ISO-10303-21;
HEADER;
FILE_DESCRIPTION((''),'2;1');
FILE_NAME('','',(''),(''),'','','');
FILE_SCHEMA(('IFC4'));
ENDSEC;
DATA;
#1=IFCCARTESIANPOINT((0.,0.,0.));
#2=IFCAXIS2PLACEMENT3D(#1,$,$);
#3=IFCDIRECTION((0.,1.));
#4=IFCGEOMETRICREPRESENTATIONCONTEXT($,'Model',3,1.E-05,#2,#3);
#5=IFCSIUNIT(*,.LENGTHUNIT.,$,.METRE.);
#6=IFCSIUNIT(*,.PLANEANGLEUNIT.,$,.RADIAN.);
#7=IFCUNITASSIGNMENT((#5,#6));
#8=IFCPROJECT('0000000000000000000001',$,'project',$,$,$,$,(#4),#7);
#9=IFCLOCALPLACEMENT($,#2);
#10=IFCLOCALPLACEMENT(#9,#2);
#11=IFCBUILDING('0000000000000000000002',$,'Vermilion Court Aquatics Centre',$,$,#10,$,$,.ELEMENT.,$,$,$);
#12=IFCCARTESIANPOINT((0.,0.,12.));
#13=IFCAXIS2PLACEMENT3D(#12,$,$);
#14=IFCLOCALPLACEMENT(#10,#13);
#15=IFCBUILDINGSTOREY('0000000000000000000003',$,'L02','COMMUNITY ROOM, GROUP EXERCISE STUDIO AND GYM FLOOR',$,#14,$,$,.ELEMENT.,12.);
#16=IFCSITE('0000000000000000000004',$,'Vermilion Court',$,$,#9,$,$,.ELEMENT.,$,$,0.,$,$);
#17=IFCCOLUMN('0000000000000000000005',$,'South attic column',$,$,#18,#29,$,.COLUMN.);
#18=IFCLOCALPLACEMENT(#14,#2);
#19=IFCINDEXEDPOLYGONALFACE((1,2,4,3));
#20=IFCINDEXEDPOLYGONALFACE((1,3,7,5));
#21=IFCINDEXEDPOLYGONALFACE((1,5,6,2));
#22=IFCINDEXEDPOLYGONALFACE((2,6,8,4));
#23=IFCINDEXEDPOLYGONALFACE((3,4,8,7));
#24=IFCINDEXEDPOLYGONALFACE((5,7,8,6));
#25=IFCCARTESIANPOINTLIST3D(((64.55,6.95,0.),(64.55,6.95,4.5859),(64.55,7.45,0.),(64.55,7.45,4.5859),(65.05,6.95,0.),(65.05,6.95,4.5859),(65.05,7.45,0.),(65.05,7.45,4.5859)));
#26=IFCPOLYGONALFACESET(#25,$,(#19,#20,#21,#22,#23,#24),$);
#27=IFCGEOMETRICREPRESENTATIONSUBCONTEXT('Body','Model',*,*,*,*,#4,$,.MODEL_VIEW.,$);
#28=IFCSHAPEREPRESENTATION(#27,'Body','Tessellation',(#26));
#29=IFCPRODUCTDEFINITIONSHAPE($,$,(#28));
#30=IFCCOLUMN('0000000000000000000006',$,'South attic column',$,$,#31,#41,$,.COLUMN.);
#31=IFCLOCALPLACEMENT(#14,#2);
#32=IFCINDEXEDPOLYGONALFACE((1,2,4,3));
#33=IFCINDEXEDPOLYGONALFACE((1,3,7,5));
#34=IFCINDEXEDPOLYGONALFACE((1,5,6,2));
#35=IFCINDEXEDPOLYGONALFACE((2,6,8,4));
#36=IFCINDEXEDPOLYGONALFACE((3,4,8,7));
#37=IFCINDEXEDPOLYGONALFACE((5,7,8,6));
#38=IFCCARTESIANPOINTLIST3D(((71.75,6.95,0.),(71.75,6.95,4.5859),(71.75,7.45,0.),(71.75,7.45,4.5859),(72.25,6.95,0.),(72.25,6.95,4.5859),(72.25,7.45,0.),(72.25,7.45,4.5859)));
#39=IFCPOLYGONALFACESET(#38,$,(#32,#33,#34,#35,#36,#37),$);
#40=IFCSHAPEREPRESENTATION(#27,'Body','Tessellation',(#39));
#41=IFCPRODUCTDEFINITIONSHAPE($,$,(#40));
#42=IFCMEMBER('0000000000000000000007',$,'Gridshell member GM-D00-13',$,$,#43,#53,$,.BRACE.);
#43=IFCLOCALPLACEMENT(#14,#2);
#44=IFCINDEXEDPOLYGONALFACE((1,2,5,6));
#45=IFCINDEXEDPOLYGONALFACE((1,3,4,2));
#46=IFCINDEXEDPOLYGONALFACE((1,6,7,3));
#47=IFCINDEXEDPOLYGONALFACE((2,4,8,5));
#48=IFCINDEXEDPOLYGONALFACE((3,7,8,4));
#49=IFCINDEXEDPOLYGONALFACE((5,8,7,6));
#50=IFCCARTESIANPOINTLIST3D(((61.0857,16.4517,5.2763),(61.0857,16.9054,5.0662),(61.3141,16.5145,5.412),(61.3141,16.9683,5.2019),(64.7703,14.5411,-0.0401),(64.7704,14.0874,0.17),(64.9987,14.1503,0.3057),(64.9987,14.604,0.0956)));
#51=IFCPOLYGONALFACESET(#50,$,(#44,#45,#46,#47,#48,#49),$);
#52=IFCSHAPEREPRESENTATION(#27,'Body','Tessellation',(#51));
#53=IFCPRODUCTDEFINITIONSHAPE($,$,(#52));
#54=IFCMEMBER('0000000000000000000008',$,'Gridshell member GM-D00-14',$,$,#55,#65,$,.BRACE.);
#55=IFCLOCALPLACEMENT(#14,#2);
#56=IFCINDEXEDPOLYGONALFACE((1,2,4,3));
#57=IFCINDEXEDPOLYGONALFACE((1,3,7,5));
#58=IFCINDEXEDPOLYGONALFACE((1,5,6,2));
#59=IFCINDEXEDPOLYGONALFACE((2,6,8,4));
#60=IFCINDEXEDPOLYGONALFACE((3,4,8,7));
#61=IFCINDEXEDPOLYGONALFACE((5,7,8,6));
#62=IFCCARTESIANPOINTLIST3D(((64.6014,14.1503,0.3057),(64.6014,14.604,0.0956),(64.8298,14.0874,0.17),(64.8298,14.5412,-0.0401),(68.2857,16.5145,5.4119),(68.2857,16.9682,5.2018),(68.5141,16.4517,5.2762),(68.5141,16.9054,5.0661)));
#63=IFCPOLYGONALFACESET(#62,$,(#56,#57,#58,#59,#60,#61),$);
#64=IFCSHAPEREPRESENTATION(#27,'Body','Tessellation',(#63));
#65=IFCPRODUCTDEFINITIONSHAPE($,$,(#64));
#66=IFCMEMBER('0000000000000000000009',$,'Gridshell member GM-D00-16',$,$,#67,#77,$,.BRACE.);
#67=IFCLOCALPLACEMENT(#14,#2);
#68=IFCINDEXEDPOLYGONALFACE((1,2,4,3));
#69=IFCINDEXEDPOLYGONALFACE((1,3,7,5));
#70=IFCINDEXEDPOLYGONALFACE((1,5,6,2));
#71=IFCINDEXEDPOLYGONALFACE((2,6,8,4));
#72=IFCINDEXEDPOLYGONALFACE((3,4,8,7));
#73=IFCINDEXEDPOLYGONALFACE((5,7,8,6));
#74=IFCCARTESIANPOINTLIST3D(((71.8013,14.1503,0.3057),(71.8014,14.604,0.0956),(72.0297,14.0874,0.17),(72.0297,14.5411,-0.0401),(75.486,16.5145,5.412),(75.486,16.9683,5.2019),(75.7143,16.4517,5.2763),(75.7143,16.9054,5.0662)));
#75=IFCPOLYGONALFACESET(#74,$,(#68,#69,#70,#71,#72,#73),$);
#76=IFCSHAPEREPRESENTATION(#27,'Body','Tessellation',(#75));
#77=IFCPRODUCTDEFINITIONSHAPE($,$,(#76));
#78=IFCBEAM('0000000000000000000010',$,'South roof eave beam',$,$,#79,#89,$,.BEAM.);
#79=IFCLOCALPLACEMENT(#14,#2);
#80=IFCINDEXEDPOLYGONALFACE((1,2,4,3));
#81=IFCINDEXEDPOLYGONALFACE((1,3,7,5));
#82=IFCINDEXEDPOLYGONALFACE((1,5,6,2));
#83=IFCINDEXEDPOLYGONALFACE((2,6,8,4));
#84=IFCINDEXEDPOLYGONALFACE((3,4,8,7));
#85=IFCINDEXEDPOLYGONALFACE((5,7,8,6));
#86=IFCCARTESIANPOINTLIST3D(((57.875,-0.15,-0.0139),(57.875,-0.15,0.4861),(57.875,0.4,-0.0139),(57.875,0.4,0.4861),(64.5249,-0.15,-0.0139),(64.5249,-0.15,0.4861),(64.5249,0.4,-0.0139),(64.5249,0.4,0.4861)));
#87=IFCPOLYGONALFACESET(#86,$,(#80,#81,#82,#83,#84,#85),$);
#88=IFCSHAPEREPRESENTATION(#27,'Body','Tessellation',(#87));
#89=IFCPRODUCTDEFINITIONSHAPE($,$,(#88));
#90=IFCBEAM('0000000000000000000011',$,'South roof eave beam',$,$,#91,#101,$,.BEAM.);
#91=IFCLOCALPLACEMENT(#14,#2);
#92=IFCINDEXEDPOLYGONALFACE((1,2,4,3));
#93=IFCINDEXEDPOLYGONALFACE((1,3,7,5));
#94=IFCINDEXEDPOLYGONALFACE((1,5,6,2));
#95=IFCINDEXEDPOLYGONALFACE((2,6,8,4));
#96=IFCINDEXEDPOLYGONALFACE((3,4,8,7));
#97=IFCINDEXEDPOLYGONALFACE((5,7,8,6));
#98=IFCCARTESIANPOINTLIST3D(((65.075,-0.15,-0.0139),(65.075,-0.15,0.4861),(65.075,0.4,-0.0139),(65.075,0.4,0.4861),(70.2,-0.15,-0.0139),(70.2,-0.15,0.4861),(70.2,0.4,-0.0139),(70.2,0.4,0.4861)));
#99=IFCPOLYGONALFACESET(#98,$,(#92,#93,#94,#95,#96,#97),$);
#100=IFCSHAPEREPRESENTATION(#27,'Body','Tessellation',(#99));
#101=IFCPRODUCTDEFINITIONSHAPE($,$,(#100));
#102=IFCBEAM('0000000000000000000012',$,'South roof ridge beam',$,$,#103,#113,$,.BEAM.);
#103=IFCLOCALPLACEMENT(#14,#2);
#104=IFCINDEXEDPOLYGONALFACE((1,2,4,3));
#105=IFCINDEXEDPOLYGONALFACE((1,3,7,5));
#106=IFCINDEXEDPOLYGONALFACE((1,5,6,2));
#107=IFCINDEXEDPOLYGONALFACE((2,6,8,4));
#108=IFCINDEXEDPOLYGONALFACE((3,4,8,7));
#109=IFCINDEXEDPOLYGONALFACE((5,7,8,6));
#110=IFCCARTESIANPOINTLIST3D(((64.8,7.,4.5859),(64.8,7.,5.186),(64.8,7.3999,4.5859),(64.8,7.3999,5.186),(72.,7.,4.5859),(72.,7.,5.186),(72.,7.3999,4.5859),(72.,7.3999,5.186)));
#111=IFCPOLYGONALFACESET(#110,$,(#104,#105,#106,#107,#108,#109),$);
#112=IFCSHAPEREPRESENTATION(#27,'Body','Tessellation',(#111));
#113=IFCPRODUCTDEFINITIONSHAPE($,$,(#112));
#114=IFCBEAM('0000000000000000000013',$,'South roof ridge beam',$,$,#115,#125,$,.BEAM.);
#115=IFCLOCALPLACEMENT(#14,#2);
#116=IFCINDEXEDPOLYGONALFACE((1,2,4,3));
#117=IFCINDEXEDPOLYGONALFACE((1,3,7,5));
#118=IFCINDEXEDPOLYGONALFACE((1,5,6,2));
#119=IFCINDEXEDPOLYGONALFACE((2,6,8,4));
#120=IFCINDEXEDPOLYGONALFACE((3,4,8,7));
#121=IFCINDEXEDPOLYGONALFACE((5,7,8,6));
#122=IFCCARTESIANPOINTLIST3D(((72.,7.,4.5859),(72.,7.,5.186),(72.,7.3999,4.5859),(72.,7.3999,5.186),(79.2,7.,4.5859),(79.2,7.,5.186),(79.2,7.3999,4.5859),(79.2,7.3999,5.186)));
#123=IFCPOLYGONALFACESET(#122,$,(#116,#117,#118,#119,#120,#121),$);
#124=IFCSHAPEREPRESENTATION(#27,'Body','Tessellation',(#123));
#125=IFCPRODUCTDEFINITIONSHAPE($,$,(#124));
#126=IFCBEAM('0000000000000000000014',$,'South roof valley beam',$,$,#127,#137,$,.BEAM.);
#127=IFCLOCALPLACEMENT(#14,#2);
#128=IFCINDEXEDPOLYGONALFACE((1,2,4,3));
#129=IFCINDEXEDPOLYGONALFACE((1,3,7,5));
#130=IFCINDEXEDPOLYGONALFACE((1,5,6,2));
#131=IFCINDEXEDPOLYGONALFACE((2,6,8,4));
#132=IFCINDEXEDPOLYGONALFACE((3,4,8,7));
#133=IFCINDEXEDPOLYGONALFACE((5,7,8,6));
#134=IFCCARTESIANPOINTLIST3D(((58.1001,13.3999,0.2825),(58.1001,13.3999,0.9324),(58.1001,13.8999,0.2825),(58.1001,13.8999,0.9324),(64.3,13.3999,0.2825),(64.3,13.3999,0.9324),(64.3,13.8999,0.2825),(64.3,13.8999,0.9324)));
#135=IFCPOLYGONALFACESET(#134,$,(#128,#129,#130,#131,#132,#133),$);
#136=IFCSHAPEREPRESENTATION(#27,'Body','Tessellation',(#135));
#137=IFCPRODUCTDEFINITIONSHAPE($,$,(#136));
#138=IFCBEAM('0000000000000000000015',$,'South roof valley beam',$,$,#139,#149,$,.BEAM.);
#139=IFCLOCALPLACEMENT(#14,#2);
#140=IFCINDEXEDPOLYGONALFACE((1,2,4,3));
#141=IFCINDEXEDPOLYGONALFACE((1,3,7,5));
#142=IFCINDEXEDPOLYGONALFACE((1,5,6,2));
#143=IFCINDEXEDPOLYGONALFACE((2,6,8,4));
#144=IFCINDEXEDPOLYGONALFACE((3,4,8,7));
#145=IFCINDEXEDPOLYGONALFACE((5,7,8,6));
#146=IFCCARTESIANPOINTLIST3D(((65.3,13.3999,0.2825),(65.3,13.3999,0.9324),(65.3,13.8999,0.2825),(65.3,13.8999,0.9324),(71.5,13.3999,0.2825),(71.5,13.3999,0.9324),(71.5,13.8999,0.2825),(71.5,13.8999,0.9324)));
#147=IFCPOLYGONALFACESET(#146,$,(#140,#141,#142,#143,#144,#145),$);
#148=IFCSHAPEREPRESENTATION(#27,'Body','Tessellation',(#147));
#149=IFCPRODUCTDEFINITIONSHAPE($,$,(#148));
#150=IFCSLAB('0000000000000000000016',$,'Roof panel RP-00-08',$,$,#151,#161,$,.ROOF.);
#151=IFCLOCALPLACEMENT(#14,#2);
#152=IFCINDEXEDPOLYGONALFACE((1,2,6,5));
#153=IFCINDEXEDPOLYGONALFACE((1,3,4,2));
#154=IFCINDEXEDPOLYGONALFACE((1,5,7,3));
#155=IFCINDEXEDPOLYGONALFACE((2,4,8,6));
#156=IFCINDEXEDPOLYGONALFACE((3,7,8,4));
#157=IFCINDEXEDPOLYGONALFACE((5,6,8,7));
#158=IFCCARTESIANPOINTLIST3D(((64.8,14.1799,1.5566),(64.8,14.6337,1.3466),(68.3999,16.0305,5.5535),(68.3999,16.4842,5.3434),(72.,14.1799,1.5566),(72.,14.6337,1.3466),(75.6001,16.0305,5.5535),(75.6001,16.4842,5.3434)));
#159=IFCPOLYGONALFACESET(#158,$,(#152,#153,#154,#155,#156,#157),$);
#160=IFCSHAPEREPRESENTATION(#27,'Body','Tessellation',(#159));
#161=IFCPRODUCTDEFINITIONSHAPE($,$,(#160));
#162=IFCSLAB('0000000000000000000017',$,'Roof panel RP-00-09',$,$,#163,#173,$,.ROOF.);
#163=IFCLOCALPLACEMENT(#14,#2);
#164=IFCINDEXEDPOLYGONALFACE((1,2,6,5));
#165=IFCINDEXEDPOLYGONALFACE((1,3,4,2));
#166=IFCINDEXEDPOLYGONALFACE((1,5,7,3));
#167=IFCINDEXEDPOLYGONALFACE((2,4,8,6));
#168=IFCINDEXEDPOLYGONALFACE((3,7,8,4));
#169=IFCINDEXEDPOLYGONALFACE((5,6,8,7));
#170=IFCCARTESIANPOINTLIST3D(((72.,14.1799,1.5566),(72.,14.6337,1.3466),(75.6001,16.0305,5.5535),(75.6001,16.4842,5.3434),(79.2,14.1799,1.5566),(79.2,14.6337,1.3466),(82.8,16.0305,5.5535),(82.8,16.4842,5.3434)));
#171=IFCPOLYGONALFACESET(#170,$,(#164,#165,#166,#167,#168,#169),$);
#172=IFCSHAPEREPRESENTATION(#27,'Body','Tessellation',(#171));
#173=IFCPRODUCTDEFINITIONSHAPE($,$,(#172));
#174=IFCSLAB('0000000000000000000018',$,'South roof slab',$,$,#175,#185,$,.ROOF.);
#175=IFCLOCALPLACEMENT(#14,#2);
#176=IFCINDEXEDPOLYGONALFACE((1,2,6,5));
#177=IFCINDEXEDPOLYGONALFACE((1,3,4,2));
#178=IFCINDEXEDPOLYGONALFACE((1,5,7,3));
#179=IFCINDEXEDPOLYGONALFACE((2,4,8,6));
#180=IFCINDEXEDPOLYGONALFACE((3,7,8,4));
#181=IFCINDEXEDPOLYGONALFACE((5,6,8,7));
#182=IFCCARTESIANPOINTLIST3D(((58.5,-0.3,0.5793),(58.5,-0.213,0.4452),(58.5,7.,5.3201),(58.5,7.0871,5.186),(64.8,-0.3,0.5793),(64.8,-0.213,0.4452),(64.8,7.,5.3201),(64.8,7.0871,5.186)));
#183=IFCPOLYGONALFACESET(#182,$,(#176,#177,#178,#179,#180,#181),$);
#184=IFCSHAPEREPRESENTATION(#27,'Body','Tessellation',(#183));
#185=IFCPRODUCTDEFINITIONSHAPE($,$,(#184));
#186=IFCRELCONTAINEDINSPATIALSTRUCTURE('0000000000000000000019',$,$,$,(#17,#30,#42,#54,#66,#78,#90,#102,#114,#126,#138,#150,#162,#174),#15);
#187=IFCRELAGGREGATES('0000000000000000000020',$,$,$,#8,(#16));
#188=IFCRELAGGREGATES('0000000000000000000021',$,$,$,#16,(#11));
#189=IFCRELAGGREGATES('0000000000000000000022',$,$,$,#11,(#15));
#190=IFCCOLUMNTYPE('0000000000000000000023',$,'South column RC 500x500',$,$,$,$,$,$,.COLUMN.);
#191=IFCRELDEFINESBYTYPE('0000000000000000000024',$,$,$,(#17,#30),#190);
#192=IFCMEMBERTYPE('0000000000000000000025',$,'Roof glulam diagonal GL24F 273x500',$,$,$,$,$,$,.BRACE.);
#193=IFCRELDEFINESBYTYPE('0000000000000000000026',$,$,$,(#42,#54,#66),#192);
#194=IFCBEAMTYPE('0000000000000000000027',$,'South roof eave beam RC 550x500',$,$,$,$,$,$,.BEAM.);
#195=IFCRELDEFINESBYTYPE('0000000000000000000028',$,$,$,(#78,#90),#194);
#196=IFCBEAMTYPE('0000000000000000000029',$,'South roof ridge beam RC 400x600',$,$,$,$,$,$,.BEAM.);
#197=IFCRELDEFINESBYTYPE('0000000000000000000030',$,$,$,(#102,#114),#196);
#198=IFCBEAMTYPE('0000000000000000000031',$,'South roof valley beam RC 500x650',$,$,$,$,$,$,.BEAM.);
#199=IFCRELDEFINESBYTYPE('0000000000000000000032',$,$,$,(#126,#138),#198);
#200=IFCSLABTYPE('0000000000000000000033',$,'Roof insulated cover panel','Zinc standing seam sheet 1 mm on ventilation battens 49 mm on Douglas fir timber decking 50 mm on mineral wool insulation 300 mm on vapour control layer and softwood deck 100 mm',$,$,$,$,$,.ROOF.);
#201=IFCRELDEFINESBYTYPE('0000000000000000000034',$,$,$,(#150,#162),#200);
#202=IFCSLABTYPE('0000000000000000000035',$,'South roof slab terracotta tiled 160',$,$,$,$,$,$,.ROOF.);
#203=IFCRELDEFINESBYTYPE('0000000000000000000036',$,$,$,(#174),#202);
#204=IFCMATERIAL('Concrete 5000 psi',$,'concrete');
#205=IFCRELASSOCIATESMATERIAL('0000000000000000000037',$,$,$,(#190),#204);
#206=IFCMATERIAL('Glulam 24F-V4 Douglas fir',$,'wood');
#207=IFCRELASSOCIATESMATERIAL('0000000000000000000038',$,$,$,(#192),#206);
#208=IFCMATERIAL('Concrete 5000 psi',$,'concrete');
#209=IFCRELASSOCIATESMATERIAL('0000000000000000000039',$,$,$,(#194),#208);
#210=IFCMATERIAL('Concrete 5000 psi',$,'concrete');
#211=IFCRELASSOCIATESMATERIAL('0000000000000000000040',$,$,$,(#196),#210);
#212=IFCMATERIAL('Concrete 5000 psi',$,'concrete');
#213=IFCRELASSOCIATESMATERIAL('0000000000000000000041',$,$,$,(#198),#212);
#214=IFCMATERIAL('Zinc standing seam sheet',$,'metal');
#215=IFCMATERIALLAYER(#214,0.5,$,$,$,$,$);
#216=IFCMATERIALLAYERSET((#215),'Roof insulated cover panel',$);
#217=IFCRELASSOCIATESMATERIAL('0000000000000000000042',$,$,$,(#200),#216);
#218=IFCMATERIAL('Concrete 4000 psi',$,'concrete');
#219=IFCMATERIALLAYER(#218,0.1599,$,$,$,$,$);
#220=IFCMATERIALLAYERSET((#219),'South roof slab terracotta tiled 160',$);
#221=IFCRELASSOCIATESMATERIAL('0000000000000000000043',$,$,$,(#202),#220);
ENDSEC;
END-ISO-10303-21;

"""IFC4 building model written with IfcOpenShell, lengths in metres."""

from ifc_helpers import new_model, si_unit, direction, frame, origin, origin_2d, place, context, subcontext, project, spatial, polyline, rectangle, outline, extrude, material, layer, layer_set, material_profile, profile_set, type_object, element, save


model = new_model("IFC4")

# Units and contexts
model_context = context("Model", 3, precision=1e-05, world=origin(), true_north=direction((0.0, 1.0)))
body_context = subcontext(model_context, "Body", "Model", "MODEL_VIEW")
ifc_project = project(units=[si_unit("LENGTHUNIT", "METRE"), si_unit("PLANEANGLEUNIT", "RADIAN")], contexts=[model_context])

# Site, building, storey
site_placement = place(None, origin())
site = spatial("IfcSite", under=ifc_project, at=site_placement, Name="Vermilion Court", CompositionType="ELEMENT", RefElevation=0.0)
building_placement = place(site_placement, origin())
building = spatial("IfcBuilding", under=site, at=building_placement, Name="Vermilion Court Aquatics Centre", CompositionType="ELEMENT")
storey_placement = place(building_placement, frame((0.0, 0.0, 12.0)))
storey = spatial("IfcBuildingStorey", under=building, at=storey_placement, Name="L02", Description="COMMUNITY ROOM, GROUP EXERCISE STUDIO AND GYM FLOOR", CompositionType="ELEMENT", Elevation=12.0)

# Columns
ifc_material_1 = material(Name="Concrete 5000 psi", Category="concrete")
ifc_material_profile_1 = material_profile(ifc_material_1, rectangle(XDim=0.5, YDim=0.5, at=origin_2d()), Name="RC 500x500")
ifc_profile_set_1 = profile_set([ifc_material_profile_1], Name="Concrete 5000 psi")
column_type = type_object("IfcColumnType", Name="South column RC 500x500", PredefinedType="COLUMN", material=ifc_profile_set_1)
for number, where, z_axis, x_axis, name in (
    (1, (64.8, 7.2, 0.0), (0.0, 0.0, 1.0), (1.0, 0.0, 0.0), "South attic column"),
    (2, (72.0, 7.2, 0.0), (0.0, 0.0, 1.0), (1.0, 0.0, 0.0), "South attic column"),
):
    element("IfcColumn", number, at=place(storey_placement, frame(where, z_axis=z_axis, x_axis=x_axis)), inside=storey, type_object=column_type, Name=name, PredefinedType="COLUMN", context=body_context, shape_type="SweptSolid", body=[
        extrude(rectangle(XDim=0.5, YDim=0.5, at=origin_2d()), origin(), (0.0, 0.0, 1.0), 4.5859),
    ])

# Members
ifc_material_2 = material(Name="Glulam 24F-V4 Douglas fir", Category="wood")
ifc_material_profile_2 = material_profile(ifc_material_2, rectangle(XDim=0.2729, YDim=0.5, at=origin_2d()), Name="GL24F 273x500")
ifc_profile_set_2 = profile_set([ifc_material_profile_2], Name="Glulam 24F-V4 Douglas fir")
member_type = type_object("IfcMemberType", Name="Roof glulam diagonal GL24F 273x500", PredefinedType="BRACE", material=ifc_profile_set_2)
member_1_placement = place(storey_placement, frame((64.8845, 14.3457, 0.1328), z_axis=(-0.54781, 0.35151, 0.759174), x_axis=(-0.836603, -0.230193, -0.497099)))
element("IfcMember", 3, at=member_1_placement, inside=storey, type_object=member_type, Name="Gridshell member GM-D00-13", PredefinedType="BRACE", context=body_context, shape_type="SweptSolid", body=[
    extrude(rectangle(XDim=0.2729, YDim=0.5, at=origin_2d()), origin(), (0.0, 0.0, 1.0), 6.7261),
])
member_2_placement = place(storey_placement, frame((64.7156, 14.3457, 0.1328), z_axis=(0.547785, 0.351517, 0.759189), x_axis=(-0.836619, 0.230161, 0.497085)))
element("IfcMember", 4, at=member_2_placement, inside=storey, type_object=member_type, Name="Gridshell member GM-D00-14", PredefinedType="BRACE", context=body_context, shape_type="SweptSolid", body=[
    extrude(rectangle(XDim=0.2729, YDim=0.5, at=origin_2d()), origin(), (0.0, 0.0, 1.0), 6.7258),
])
member_3_placement = place(storey_placement, frame((71.9155, 14.3457, 0.1328), z_axis=(0.54781, 0.35151, 0.759174), x_axis=(-0.836603, 0.230193, 0.497099)))
element("IfcMember", 5, at=member_3_placement, inside=storey, type_object=member_type, Name="Gridshell member GM-D00-16", PredefinedType="BRACE", context=body_context, shape_type="SweptSolid", body=[
    extrude(rectangle(XDim=0.2729, YDim=0.5, at=origin_2d()), origin(), (0.0, 0.0, 1.0), 6.7261),
])

# Beams
ifc_material_3 = material(Name="Concrete 5000 psi", Category="concrete")
ifc_material_profile_3 = material_profile(ifc_material_3, rectangle(XDim=0.55, YDim=0.5, at=origin_2d()), Name="RC 550x500")
ifc_profile_set_3 = profile_set([ifc_material_profile_3], Name="Concrete 5000 psi")
beam_type_1 = type_object("IfcBeamType", Name="South roof eave beam RC 550x500", PredefinedType="BEAM", material=ifc_profile_set_3)
beam_1_placement = place(storey_placement, frame((57.875, 0.125, 0.2361), z_axis=(1.0, 0.0, 0.0), x_axis=(0.0, 1.0, 0.0)))
element("IfcBeam", 6, at=beam_1_placement, inside=storey, type_object=beam_type_1, Name="South roof eave beam", PredefinedType="BEAM", context=body_context, shape_type="SweptSolid", body=[
    extrude(rectangle(XDim=0.55, YDim=0.5, at=origin_2d()), origin(), (0.0, 0.0, 1.0), 6.6499),
])
beam_2_placement = place(storey_placement, frame((65.075, 0.125, 0.2361), z_axis=(1.0, 0.0, 0.0), x_axis=(0.0, 1.0, 0.0)))
element("IfcBeam", 7, at=beam_2_placement, inside=storey, type_object=beam_type_1, Name="South roof eave beam", PredefinedType="BEAM", context=body_context, shape_type="SweptSolid", body=[
    extrude(rectangle(XDim=0.55, YDim=0.5, at=origin_2d()), origin(), (0.0, 0.0, 1.0), 5.125),
])
ifc_material_4 = material(Name="Concrete 5000 psi", Category="concrete")
ifc_material_profile_4 = material_profile(ifc_material_4, rectangle(XDim=0.3999, YDim=0.6001, at=origin_2d()), Name="RC 400x600")
ifc_profile_set_4 = profile_set([ifc_material_profile_4], Name="Concrete 5000 psi")
beam_type_2 = type_object("IfcBeamType", Name="South roof ridge beam RC 400x600", PredefinedType="BEAM", material=ifc_profile_set_4)
for number, where, z_axis, x_axis, name in (
    (8, (64.8, 7.2, 4.886), (1.0, 0.0, 0.0), (0.0, 1.0, 0.0), "South roof ridge beam"),
    (9, (72.0, 7.2, 4.886), (1.0, 0.0, 0.0), (0.0, 1.0, 0.0), "South roof ridge beam"),
):
    element("IfcBeam", number, at=place(storey_placement, frame(where, z_axis=z_axis, x_axis=x_axis)), inside=storey, type_object=beam_type_2, Name=name, PredefinedType="BEAM", context=body_context, shape_type="SweptSolid", body=[
        extrude(rectangle(XDim=0.3999, YDim=0.6001, at=origin_2d()), origin(), (0.0, 0.0, 1.0), 7.2),
    ])
ifc_material_5 = material(Name="Concrete 5000 psi", Category="concrete")
ifc_material_profile_5 = material_profile(ifc_material_5, rectangle(XDim=0.5, YDim=0.6499, at=origin_2d()), Name="RC 500x650")
ifc_profile_set_5 = profile_set([ifc_material_profile_5], Name="Concrete 5000 psi")
beam_type_3 = type_object("IfcBeamType", Name="South roof valley beam RC 500x650", PredefinedType="BEAM", material=ifc_profile_set_5)
for number, where, z_axis, x_axis, name in (
    (10, (58.1001, 13.6499, 0.6074), (1.0, 0.0, 0.0), (0.0, 1.0, 0.0), "South roof valley beam"),
    (11, (65.3, 13.6499, 0.6074), (1.0, 0.0, 0.0), (0.0, 1.0, 0.0), "South roof valley beam"),
):
    element("IfcBeam", number, at=place(storey_placement, frame(where, z_axis=z_axis, x_axis=x_axis)), inside=storey, type_object=beam_type_3, Name=name, PredefinedType="BEAM", context=body_context, shape_type="SweptSolid", body=[
        extrude(rectangle(XDim=0.5, YDim=0.6499, at=origin_2d()), origin(), (0.0, 0.0, 1.0), 6.2),
    ])

# Slabs
ifc_material_6 = material(Name="Zinc standing seam sheet", Category="metal")
ifc_layer_1 = layer(ifc_material_6, 0.5)
ifc_layer_set_1 = layer_set([ifc_layer_1], Name="Roof insulated cover panel")
slab_type_1 = type_object("IfcSlabType", Name="Roof insulated cover panel", Description="Zinc standing seam sheet 1 mm on ventilation battens 49 mm on Douglas fir timber decking 50 mm on mineral wool insulation 300 mm on vapour control layer and softwood deck 100 mm", PredefinedType="ROOF", material=ifc_layer_set_1)
slab_1_placement = place(storey_placement, frame((64.8, 14.1799, 1.5566), z_axis=(0.0, -0.907449, 0.420162), x_axis=(1.0, 0.0, 0.0)))
element("IfcSlab", 12, at=slab_1_placement, inside=storey, type_object=slab_type_1, Name="Roof panel RP-00-08", PredefinedType="ROOF", context=body_context, shape_type="SweptSolid", body=[
    extrude(outline(polyline([(0.0, 0.0), (7.2, 0.0), (10.8, 4.4045), (3.5999, 4.4045), (0.0, 0.0)])), origin(), (0.0, 0.0, -1.0), 0.5),
])
slab_2_placement = place(storey_placement, frame((72.0, 14.1799, 1.5566), z_axis=(0.0, -0.907449, 0.420162), x_axis=(1.0, 0.0, 0.0)))
element("IfcSlab", 13, at=slab_2_placement, inside=storey, type_object=slab_type_1, Name="Roof panel RP-00-09", PredefinedType="ROOF", context=body_context, shape_type="SweptSolid", body=[
    extrude(outline(polyline([(0.0, 0.0), (7.2, 0.0), (10.8, 4.4045), (3.6001, 4.4045), (0.0, 0.0)])), origin(), (0.0, 0.0, -1.0), 0.5),
])
ifc_material_7 = material(Name="Concrete 4000 psi", Category="concrete")
ifc_layer_2 = layer(ifc_material_7, 0.1599)
ifc_layer_set_2 = layer_set([ifc_layer_2], Name="South roof slab terracotta tiled 160")
slab_type_2 = type_object("IfcSlabType", Name="South roof slab terracotta tiled 160", PredefinedType="ROOF", material=ifc_layer_set_2)
slab_3_placement = place(storey_placement, frame((58.5, -0.3, 0.5793), z_axis=(0.0, -0.54464, 0.83867), x_axis=(0.0, 0.83867, 0.54464)))
element("IfcSlab", 14, at=slab_3_placement, inside=storey, type_object=slab_type_2, Name="South roof slab", PredefinedType="ROOF", context=body_context, shape_type="SweptSolid", body=[
    extrude(outline(polyline([(0.0, 0.0), (8.7043, 0.0), (8.7043, -6.3), (0.0, -6.3), (0.0, 0.0)])), origin(), (0.0, 0.0, -1.0), 0.1599),
])

save(model, "model.ifc")
